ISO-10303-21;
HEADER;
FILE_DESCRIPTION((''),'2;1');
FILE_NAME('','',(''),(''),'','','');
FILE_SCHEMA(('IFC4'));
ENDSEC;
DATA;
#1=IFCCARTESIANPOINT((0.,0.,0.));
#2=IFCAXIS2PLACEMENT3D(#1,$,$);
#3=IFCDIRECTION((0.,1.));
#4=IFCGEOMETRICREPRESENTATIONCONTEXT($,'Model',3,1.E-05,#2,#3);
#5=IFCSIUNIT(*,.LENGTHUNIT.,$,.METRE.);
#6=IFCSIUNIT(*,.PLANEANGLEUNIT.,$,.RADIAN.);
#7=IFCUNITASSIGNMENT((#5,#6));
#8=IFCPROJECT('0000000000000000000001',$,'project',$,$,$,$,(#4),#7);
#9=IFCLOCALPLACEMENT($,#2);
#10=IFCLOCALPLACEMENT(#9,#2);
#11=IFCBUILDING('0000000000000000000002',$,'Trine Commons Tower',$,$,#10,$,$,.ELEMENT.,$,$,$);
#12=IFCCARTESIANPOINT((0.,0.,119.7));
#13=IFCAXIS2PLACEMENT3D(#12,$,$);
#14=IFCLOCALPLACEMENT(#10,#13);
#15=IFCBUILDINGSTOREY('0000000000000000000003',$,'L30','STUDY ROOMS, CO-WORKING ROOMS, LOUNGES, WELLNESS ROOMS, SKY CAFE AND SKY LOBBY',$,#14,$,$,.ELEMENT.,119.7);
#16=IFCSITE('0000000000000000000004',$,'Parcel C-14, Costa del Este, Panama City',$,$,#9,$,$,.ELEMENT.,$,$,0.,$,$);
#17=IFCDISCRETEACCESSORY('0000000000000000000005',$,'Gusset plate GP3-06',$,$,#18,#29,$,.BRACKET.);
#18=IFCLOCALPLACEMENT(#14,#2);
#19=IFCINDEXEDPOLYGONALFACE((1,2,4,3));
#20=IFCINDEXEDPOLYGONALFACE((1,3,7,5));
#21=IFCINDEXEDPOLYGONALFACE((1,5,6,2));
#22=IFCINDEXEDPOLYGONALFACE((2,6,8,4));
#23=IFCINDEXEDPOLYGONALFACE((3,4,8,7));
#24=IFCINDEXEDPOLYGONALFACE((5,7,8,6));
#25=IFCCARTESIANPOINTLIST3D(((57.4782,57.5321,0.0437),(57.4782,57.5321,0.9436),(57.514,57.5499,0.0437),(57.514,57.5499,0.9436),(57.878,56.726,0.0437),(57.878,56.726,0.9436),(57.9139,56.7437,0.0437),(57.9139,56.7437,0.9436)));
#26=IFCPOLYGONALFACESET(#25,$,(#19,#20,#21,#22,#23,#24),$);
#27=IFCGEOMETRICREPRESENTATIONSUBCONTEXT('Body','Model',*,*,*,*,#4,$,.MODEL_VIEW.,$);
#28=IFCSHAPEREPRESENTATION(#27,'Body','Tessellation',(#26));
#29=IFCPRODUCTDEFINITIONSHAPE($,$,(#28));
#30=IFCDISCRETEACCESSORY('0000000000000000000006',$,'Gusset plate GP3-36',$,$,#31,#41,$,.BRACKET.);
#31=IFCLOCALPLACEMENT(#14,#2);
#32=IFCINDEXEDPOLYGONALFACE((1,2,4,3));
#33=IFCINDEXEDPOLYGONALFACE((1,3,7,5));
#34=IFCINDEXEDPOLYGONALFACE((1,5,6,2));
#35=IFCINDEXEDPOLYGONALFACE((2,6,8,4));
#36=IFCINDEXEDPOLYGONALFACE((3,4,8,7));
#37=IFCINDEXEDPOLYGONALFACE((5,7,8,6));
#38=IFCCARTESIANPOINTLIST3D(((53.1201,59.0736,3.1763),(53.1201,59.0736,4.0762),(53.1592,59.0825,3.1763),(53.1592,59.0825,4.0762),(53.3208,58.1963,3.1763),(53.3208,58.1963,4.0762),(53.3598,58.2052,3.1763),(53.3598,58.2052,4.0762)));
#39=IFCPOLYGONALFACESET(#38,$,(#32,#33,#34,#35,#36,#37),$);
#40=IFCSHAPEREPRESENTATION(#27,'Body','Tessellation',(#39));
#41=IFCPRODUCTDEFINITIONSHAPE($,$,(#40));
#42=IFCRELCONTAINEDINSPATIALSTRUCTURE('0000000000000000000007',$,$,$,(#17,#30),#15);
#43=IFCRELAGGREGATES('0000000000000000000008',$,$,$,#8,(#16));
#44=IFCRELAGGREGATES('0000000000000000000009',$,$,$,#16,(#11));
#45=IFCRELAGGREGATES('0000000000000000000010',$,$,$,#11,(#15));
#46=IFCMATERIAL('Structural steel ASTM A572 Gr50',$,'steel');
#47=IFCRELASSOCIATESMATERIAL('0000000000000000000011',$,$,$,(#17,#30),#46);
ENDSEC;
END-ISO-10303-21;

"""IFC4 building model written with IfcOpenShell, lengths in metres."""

from ifc_helpers import new_model, si_unit, direction, frame, origin, origin_2d, place, context, subcontext, project, spatial, rectangle, extrude, material, element, save


model = new_model("IFC4")

# Units and contexts
model_context = context("Model", 3, precision=1e-05, world=origin(), true_north=direction((0.0, 1.0)))
body_context = subcontext(model_context, "Body", "Model", "MODEL_VIEW")
ifc_project = project(units=[si_unit("LENGTHUNIT", "METRE"), si_unit("PLANEANGLEUNIT", "RADIAN")], contexts=[model_context])

# Site, building, storey
site_placement = place(None, origin())
site = spatial("IfcSite", under=ifc_project, at=site_placement, Name="Parcel C-14, Costa del Este, Panama City", CompositionType="ELEMENT", RefElevation=0.0)
building_placement = place(site_placement, origin())
building = spatial("IfcBuilding", under=site, at=building_placement, Name="Trine Commons Tower", CompositionType="ELEMENT")
storey_placement = place(building_placement, frame((0.0, 0.0, 119.7)))
storey = spatial("IfcBuildingStorey", under=building, at=storey_placement, Name="L30", Description="STUDY ROOMS, CO-WORKING ROOMS, LOUNGES, WELLNESS ROOMS, SKY CAFE AND SKY LOBBY", CompositionType="ELEMENT", Elevation=119.7)

# Discrete accessories
ifc_material_1 = material(Name="Structural steel ASTM A572 Gr50", Category="steel")
for number, where, z_axis, x_axis, name in (
    (1, (57.696, 57.1379, 0.0437), (0.0, 0.0, 1.0), (0.444338, -0.895859, 0.0), "Gusset plate GP3-06"),
    (2, (53.24, 58.6394, 3.1763), (0.0, 0.0, 1.0), (0.222978, -0.974823, 0.0), "Gusset plate GP3-36"),
):
    element("IfcDiscreteAccessory", number, at=place(storey_placement, frame(where, z_axis=z_axis, x_axis=x_axis)), inside=storey, material=ifc_material_1, Name=name, PredefinedType="BRACKET", context=body_context, shape_type="SweptSolid", body=[
        extrude(rectangle(XDim=0.8999, YDim=0.04, at=origin_2d()), origin(), (0.0, 0.0, 1.0), 0.8999),
    ])

save(model, "model.ifc")
